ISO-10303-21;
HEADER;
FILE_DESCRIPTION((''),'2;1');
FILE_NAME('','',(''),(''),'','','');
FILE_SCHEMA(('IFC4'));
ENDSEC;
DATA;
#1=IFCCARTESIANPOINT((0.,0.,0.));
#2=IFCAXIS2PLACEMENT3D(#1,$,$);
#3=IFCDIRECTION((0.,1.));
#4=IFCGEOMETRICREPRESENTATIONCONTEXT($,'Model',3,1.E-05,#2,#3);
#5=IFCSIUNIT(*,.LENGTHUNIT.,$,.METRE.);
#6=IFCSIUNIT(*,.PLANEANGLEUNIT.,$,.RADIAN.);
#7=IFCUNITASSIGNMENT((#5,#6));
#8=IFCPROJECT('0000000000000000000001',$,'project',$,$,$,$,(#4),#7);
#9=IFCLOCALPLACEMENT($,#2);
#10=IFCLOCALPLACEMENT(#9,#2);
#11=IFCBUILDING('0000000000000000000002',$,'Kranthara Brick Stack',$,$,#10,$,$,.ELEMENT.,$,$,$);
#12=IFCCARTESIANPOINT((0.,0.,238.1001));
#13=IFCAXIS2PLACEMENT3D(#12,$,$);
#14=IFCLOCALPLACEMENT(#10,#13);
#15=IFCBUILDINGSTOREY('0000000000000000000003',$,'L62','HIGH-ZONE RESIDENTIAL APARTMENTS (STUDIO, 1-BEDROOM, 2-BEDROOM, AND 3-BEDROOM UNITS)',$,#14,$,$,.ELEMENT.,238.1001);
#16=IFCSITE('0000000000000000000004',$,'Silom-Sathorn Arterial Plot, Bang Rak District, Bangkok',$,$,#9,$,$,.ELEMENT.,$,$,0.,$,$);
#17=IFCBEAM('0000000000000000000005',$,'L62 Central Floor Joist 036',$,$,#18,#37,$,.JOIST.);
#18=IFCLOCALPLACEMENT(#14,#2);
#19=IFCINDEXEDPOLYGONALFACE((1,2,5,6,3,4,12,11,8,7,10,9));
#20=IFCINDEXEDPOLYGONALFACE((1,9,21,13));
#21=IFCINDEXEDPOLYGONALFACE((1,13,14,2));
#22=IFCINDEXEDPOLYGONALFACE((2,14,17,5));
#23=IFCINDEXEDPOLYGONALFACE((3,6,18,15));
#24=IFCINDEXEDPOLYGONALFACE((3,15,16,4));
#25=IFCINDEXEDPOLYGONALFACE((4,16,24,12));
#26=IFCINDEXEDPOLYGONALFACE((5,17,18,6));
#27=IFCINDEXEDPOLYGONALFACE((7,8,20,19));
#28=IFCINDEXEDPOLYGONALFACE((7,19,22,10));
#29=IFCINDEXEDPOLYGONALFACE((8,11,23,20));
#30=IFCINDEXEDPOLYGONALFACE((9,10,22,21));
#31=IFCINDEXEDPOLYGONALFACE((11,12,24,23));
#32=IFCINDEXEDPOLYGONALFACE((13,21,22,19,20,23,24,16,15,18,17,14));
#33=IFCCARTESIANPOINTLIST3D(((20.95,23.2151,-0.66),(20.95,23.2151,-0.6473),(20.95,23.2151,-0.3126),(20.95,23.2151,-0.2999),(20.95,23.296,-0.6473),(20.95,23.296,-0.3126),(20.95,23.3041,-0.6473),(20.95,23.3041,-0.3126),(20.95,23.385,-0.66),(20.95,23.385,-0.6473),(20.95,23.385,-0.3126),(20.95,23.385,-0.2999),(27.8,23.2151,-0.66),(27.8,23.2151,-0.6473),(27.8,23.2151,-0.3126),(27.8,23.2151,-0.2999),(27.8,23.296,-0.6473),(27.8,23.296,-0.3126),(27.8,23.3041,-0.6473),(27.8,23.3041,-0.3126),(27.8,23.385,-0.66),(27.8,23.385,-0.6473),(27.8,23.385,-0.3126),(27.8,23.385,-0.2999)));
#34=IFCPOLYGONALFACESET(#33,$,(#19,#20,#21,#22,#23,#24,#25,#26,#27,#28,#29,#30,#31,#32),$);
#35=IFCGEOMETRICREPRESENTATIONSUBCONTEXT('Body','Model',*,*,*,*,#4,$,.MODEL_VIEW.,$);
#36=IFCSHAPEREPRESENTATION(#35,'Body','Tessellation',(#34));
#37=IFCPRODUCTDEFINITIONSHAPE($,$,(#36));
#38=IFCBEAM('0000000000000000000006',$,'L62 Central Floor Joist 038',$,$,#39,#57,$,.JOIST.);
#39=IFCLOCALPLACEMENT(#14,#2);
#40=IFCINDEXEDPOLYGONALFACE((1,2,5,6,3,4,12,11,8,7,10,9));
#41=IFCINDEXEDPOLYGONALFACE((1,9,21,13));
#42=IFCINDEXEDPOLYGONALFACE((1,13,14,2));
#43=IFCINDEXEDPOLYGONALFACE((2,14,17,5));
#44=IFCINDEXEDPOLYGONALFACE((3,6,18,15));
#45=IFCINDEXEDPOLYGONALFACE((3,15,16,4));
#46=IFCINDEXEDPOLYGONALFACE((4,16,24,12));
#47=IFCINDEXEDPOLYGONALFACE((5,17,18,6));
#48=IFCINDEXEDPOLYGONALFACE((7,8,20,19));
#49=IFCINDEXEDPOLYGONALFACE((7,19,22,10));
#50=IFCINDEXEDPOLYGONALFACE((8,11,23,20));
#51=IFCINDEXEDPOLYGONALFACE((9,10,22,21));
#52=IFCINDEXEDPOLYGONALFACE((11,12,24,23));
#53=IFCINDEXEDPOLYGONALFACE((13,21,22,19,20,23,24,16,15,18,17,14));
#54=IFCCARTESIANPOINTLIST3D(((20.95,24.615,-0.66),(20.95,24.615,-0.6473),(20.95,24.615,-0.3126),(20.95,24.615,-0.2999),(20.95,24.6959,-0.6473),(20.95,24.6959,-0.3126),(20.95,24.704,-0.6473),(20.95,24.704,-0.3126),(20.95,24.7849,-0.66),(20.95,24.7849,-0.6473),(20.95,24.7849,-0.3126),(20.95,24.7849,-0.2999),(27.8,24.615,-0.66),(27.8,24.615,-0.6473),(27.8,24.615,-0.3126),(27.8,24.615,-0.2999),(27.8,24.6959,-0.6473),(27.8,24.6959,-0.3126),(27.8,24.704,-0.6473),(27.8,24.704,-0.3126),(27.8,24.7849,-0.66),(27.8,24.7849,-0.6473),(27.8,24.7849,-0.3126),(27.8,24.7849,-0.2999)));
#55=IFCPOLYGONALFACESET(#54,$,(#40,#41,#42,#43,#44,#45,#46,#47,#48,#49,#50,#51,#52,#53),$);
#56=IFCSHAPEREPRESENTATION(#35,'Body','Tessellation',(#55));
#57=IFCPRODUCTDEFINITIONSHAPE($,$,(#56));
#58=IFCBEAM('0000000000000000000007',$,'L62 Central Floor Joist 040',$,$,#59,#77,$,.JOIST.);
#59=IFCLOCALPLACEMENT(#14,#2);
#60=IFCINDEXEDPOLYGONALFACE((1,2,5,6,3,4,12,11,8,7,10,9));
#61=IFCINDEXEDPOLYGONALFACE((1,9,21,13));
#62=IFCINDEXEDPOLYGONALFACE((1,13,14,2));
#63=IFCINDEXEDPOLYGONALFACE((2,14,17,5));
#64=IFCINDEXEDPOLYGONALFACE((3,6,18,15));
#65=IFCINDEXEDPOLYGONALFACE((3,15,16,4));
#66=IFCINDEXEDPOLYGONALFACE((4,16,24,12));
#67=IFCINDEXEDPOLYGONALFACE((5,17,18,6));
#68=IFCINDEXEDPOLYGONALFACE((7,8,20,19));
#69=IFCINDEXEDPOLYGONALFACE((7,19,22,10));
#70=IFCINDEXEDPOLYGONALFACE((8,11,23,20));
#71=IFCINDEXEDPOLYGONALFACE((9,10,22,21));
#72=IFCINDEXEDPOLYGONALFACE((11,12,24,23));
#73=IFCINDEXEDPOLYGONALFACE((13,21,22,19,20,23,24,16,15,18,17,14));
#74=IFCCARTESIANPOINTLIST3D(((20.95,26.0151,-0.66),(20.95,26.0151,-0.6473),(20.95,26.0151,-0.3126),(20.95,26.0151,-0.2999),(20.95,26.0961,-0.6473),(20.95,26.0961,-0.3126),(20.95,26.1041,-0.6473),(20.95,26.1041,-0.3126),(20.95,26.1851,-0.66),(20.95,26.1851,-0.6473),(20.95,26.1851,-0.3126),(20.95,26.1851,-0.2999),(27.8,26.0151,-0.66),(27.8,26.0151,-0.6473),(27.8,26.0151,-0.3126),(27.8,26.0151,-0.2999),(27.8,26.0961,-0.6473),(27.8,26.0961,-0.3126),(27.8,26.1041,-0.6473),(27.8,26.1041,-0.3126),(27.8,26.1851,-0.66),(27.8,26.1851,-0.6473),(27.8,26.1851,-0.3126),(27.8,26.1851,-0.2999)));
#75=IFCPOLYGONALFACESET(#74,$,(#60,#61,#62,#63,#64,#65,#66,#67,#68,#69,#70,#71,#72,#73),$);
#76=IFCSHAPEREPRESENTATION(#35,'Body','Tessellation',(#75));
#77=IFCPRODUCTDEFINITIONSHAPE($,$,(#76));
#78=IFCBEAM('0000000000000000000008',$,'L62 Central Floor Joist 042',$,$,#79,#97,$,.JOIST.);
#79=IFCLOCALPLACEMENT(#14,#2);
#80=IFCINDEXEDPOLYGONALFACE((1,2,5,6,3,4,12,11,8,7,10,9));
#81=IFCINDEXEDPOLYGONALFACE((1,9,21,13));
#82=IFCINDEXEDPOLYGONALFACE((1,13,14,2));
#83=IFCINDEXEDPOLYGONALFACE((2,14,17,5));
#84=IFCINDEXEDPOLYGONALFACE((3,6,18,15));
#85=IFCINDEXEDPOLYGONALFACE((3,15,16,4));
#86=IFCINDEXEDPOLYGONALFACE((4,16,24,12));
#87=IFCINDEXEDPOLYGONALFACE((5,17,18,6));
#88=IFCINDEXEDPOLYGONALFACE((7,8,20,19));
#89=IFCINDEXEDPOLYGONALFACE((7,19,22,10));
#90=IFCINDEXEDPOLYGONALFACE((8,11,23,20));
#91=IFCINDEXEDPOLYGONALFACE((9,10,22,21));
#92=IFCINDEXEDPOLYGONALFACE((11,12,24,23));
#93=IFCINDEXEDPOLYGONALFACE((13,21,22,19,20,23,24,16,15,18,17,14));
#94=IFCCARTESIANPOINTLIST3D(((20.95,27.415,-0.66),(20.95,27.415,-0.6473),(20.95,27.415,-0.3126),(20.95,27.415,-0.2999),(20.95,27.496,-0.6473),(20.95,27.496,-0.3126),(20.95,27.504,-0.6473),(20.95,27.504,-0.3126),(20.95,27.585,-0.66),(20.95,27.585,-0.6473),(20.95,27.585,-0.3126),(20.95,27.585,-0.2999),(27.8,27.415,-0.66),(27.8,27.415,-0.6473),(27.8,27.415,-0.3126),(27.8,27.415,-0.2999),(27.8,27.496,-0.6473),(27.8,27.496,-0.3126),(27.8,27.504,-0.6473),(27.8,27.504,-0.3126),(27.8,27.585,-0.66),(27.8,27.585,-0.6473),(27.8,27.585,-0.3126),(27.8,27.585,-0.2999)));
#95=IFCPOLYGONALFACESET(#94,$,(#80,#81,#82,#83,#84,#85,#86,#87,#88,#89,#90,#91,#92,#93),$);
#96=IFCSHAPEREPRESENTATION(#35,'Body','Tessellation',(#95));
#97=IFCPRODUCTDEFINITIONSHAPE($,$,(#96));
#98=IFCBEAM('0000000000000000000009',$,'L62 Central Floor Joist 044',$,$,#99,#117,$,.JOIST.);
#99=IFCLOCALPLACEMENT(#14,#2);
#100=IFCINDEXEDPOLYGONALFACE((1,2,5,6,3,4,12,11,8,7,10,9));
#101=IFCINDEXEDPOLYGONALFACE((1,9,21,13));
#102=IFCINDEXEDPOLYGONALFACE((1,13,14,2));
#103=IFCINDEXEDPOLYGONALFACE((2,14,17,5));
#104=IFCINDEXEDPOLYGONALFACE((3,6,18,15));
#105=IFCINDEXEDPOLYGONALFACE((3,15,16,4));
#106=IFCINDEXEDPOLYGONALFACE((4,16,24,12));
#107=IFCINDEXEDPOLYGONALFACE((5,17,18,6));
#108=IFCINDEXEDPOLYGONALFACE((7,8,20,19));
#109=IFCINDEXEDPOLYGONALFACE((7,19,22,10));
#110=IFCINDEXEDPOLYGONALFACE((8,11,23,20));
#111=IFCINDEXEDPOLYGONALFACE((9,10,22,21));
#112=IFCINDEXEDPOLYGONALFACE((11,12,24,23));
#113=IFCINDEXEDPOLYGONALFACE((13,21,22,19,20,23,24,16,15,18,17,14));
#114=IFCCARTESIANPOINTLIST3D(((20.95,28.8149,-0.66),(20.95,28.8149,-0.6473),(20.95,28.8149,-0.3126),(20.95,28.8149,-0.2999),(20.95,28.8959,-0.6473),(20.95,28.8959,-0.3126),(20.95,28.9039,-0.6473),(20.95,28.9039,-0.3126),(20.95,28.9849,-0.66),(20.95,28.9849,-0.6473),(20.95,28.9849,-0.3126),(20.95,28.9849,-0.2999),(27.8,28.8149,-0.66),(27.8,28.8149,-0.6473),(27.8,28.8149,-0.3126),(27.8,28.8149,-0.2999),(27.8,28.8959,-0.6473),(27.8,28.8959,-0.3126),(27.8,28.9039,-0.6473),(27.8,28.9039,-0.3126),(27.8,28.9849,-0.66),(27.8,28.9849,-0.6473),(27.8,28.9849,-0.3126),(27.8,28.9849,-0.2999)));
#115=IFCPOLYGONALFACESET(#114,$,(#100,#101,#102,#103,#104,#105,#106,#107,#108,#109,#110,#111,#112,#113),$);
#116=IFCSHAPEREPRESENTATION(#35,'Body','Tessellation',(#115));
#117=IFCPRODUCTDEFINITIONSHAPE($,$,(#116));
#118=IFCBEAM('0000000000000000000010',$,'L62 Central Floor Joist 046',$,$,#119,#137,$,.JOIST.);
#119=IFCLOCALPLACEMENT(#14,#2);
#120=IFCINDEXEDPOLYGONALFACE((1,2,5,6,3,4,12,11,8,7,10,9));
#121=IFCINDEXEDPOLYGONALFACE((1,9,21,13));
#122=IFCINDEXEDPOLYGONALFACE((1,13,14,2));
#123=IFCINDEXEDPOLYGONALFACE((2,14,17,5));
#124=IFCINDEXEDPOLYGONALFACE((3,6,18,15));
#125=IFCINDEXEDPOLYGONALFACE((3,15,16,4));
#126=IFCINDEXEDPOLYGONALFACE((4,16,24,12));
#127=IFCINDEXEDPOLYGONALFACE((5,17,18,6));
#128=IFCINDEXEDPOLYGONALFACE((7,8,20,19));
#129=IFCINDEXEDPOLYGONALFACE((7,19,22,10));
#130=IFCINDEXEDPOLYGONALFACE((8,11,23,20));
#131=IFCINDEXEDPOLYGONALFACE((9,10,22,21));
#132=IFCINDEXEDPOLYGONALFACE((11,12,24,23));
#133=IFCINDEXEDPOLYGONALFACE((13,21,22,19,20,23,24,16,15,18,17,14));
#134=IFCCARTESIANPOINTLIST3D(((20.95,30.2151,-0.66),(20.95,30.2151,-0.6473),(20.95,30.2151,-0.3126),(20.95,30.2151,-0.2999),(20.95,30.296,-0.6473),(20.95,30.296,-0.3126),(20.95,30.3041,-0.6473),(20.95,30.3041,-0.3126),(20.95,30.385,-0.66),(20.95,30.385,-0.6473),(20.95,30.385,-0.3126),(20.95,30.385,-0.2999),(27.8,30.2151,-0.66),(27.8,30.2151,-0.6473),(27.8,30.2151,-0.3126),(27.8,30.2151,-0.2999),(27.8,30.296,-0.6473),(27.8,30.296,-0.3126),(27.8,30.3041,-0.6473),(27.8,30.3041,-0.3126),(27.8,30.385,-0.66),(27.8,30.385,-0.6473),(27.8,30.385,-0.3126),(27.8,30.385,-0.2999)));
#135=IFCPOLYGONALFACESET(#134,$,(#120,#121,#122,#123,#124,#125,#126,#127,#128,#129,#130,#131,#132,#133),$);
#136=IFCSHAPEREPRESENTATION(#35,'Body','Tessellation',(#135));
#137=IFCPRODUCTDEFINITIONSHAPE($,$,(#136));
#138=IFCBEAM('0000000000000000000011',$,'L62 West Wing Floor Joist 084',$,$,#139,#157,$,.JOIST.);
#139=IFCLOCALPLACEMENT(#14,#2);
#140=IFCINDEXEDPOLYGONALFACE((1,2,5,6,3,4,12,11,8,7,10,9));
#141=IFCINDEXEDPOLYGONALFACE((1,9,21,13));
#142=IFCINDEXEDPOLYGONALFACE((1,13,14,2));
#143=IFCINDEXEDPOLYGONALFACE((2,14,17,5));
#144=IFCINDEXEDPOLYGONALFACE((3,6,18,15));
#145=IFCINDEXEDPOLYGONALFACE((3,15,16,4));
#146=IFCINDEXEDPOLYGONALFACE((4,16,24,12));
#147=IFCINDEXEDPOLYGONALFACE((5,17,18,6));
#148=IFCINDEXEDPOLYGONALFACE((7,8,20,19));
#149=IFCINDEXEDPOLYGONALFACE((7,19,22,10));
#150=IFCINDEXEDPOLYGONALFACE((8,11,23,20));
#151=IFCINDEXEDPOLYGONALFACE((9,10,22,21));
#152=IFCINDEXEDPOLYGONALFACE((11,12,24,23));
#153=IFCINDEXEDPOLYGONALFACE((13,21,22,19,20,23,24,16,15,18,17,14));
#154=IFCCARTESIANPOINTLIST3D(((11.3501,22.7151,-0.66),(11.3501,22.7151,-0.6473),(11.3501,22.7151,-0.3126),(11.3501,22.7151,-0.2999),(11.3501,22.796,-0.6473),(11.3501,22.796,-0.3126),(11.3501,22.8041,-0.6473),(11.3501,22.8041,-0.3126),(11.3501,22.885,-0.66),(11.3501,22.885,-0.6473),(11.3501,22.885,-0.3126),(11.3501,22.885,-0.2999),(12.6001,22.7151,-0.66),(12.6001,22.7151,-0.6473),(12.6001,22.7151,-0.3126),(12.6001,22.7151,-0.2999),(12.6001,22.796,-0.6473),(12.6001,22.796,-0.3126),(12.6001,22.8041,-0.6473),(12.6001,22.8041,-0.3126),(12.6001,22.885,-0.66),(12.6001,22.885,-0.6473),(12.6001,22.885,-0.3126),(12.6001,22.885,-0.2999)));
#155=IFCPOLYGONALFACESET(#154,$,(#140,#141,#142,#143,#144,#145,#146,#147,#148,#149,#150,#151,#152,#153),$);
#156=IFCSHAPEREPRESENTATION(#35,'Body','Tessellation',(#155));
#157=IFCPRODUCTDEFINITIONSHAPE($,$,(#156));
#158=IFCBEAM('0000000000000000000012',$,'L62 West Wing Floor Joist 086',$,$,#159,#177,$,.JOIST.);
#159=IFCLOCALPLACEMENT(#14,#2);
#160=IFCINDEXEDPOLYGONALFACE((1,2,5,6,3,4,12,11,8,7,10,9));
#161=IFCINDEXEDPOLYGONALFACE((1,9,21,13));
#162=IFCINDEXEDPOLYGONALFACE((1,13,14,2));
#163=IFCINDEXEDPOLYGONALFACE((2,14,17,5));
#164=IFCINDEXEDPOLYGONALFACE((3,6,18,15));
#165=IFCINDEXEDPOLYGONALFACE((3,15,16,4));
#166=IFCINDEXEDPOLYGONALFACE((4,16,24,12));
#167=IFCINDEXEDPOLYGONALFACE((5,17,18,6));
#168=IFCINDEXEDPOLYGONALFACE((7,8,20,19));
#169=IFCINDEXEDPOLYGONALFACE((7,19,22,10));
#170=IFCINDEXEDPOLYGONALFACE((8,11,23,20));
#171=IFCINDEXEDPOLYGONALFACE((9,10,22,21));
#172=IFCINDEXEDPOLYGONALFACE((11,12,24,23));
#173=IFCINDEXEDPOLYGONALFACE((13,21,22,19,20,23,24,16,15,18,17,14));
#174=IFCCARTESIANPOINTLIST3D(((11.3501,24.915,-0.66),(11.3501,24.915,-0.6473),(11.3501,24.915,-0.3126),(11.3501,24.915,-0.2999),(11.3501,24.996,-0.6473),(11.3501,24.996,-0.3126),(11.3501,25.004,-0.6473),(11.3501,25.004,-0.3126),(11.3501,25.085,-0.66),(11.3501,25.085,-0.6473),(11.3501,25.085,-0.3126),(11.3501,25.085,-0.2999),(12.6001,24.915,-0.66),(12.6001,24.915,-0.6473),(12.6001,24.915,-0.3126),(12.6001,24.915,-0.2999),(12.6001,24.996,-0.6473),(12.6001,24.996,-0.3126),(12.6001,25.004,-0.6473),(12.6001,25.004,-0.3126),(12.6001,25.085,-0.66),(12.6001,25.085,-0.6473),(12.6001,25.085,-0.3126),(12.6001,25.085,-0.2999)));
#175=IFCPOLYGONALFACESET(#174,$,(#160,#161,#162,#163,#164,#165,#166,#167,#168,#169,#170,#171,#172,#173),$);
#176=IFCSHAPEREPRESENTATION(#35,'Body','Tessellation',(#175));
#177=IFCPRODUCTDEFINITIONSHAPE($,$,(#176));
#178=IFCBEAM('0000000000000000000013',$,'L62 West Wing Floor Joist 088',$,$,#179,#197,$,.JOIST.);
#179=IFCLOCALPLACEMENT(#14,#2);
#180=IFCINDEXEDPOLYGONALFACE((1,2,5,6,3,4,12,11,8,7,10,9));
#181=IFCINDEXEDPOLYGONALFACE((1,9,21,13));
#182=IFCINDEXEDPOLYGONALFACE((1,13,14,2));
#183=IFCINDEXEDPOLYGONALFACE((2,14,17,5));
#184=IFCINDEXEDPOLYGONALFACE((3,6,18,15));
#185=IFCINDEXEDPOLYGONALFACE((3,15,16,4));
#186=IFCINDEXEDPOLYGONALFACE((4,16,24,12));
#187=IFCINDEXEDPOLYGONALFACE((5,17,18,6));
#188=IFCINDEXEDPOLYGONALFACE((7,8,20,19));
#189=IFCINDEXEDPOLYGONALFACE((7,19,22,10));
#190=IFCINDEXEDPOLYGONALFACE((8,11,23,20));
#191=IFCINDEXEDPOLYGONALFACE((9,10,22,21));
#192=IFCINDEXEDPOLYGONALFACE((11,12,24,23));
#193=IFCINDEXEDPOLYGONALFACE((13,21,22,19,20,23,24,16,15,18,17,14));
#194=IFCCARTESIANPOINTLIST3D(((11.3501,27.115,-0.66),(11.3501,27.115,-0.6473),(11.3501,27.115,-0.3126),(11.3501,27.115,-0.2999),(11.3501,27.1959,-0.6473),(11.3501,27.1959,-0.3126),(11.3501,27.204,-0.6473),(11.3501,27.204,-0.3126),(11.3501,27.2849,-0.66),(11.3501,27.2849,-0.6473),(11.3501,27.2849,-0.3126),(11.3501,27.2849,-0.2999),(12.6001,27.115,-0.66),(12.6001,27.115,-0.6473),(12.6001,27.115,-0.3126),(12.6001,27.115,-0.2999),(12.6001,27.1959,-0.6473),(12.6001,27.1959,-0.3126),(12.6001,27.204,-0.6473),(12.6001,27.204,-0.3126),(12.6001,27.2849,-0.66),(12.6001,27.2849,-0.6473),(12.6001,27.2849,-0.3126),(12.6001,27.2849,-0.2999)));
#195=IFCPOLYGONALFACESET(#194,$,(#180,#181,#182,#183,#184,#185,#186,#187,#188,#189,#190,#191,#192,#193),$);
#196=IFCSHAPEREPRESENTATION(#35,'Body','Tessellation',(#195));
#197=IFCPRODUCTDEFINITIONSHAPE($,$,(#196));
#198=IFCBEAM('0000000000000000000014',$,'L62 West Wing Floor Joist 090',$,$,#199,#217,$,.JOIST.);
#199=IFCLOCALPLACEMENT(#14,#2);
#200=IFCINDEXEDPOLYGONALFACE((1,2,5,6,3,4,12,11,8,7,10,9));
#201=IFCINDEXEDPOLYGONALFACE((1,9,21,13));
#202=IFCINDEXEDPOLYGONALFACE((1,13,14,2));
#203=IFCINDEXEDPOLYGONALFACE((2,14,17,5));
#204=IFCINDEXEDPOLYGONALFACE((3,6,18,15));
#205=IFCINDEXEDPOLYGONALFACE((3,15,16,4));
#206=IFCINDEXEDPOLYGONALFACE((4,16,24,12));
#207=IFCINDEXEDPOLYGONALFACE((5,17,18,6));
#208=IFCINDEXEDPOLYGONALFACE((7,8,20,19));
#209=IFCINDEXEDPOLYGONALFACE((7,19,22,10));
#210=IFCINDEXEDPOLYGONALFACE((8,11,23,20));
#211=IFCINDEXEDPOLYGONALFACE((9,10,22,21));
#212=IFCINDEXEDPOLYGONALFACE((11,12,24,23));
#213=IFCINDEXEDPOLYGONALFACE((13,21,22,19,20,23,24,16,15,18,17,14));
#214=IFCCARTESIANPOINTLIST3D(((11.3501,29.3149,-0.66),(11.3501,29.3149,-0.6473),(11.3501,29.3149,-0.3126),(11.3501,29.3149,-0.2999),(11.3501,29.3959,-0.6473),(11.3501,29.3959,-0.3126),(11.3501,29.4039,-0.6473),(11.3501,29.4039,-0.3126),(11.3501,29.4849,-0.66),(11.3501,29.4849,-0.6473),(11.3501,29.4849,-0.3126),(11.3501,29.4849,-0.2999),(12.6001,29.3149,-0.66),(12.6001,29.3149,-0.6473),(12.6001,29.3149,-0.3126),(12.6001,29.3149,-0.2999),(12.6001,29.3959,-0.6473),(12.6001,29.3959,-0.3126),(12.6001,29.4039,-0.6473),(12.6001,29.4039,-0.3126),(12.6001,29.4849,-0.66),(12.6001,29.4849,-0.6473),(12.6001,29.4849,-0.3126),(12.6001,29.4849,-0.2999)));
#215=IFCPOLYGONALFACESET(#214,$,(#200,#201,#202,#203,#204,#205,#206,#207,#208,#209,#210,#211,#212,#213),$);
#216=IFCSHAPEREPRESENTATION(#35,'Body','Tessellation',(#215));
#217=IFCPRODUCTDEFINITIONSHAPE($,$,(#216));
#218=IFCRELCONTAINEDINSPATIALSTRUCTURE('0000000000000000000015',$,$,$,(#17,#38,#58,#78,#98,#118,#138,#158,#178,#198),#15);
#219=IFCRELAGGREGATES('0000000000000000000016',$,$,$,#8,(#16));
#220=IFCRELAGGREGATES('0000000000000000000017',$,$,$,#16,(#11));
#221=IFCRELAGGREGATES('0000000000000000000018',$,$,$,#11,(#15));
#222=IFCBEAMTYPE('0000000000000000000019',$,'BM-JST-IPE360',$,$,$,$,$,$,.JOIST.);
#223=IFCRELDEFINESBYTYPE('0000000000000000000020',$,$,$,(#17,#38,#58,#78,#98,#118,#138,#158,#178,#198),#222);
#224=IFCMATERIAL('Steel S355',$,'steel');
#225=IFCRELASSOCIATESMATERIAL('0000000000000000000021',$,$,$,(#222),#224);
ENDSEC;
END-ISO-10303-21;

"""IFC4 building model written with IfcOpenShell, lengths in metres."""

from ifc_helpers import new_model, si_unit, direction, frame, origin, origin_2d, place, context, subcontext, project, spatial, i_section, extrude, material, material_profile, profile_set, type_object, element, save


model = new_model("IFC4")

# Units and contexts
model_context = context("Model", 3, precision=1e-05, world=origin(), true_north=direction((0.0, 1.0)))
body_context = subcontext(model_context, "Body", "Model", "MODEL_VIEW")
ifc_project = project(units=[si_unit("LENGTHUNIT", "METRE"), si_unit("PLANEANGLEUNIT", "RADIAN")], contexts=[model_context])

# Site, building, storey
site_placement = place(None, origin())
site = spatial("IfcSite", under=ifc_project, at=site_placement, Name="Silom-Sathorn Arterial Plot, Bang Rak District, Bangkok", CompositionType="ELEMENT", RefElevation=0.0)
building_placement = place(site_placement, origin())
building = spatial("IfcBuilding", under=site, at=building_placement, Name="Kranthara Brick Stack", CompositionType="ELEMENT")
storey_placement = place(building_placement, frame((0.0, 0.0, 238.1001)))
storey = spatial("IfcBuildingStorey", under=building, at=storey_placement, Name="L62", Description="HIGH-ZONE RESIDENTIAL APARTMENTS (STUDIO, 1-BEDROOM, 2-BEDROOM, AND 3-BEDROOM UNITS)", CompositionType="ELEMENT", Elevation=238.1001)

# Beams
ifc_material_1 = material(Name="Steel S355", Category="steel")
ifc_material_profile = material_profile(ifc_material_1, i_section(OverallWidth=0.1699, OverallDepth=0.3601, WebThickness=0.0081, FlangeThickness=0.0127, at=origin_2d()), Name="IPE 360")
ifc_profile_set = profile_set([ifc_material_profile], Name="Steel S355")
beam_type = type_object("IfcBeamType", Name="BM-JST-IPE360", PredefinedType="JOIST", material=ifc_profile_set)
for number, where, z_axis, x_axis, name in (
    (1, (20.95, 23.3, -0.48), (1.0, 0.0, 0.0), (0.0, 1.0, 0.0), "L62 Central Floor Joist 036"),
    (2, (20.95, 24.7, -0.48), (1.0, 0.0, 0.0), (0.0, 1.0, 0.0), "L62 Central Floor Joist 038"),
    (3, (20.95, 26.1001, -0.48), (1.0, 0.0, 0.0), (0.0, 1.0, 0.0), "L62 Central Floor Joist 040"),
    (4, (20.95, 27.5, -0.48), (1.0, 0.0, 0.0), (0.0, 1.0, 0.0), "L62 Central Floor Joist 042"),
    (5, (20.95, 28.8999, -0.48), (1.0, 0.0, 0.0), (0.0, 1.0, 0.0), "L62 Central Floor Joist 044"),
    (6, (20.95, 30.3, -0.48), (1.0, 0.0, 0.0), (0.0, 1.0, 0.0), "L62 Central Floor Joist 046"),
):
    element("IfcBeam", number, at=place(storey_placement, frame(where, z_axis=z_axis, x_axis=x_axis)), inside=storey, type_object=beam_type, Name=name, PredefinedType="JOIST", context=body_context, shape_type="SweptSolid", body=[
        extrude(i_section(OverallWidth=0.1699, OverallDepth=0.3601, WebThickness=0.0081, FlangeThickness=0.0127, at=origin_2d()), origin(), (0.0, 0.0, 1.0), 6.8501),
    ])
for number, where, z_axis, x_axis, name in (
    (7, (11.3501, 22.8, -0.48), (1.0, 0.0, 0.0), (0.0, 1.0, 0.0), "L62 West Wing Floor Joist 084"),
    (8, (11.3501, 25.0, -0.48), (1.0, 0.0, 0.0), (0.0, 1.0, 0.0), "L62 West Wing Floor Joist 086"),
    (9, (11.3501, 27.2, -0.48), (1.0, 0.0, 0.0), (0.0, 1.0, 0.0), "L62 West Wing Floor Joist 088"),
    (10, (11.3501, 29.3999, -0.48), (1.0, 0.0, 0.0), (0.0, 1.0, 0.0), "L62 West Wing Floor Joist 090"),
):
    element("IfcBeam", number, at=place(storey_placement, frame(where, z_axis=z_axis, x_axis=x_axis)), inside=storey, type_object=beam_type, Name=name, PredefinedType="JOIST", context=body_context, shape_type="SweptSolid", body=[
        extrude(i_section(OverallWidth=0.1699, OverallDepth=0.3601, WebThickness=0.0081, FlangeThickness=0.0127, at=origin_2d()), origin(), (0.0, 0.0, 1.0), 1.25),
    ])

save(model, "model.ifc")
